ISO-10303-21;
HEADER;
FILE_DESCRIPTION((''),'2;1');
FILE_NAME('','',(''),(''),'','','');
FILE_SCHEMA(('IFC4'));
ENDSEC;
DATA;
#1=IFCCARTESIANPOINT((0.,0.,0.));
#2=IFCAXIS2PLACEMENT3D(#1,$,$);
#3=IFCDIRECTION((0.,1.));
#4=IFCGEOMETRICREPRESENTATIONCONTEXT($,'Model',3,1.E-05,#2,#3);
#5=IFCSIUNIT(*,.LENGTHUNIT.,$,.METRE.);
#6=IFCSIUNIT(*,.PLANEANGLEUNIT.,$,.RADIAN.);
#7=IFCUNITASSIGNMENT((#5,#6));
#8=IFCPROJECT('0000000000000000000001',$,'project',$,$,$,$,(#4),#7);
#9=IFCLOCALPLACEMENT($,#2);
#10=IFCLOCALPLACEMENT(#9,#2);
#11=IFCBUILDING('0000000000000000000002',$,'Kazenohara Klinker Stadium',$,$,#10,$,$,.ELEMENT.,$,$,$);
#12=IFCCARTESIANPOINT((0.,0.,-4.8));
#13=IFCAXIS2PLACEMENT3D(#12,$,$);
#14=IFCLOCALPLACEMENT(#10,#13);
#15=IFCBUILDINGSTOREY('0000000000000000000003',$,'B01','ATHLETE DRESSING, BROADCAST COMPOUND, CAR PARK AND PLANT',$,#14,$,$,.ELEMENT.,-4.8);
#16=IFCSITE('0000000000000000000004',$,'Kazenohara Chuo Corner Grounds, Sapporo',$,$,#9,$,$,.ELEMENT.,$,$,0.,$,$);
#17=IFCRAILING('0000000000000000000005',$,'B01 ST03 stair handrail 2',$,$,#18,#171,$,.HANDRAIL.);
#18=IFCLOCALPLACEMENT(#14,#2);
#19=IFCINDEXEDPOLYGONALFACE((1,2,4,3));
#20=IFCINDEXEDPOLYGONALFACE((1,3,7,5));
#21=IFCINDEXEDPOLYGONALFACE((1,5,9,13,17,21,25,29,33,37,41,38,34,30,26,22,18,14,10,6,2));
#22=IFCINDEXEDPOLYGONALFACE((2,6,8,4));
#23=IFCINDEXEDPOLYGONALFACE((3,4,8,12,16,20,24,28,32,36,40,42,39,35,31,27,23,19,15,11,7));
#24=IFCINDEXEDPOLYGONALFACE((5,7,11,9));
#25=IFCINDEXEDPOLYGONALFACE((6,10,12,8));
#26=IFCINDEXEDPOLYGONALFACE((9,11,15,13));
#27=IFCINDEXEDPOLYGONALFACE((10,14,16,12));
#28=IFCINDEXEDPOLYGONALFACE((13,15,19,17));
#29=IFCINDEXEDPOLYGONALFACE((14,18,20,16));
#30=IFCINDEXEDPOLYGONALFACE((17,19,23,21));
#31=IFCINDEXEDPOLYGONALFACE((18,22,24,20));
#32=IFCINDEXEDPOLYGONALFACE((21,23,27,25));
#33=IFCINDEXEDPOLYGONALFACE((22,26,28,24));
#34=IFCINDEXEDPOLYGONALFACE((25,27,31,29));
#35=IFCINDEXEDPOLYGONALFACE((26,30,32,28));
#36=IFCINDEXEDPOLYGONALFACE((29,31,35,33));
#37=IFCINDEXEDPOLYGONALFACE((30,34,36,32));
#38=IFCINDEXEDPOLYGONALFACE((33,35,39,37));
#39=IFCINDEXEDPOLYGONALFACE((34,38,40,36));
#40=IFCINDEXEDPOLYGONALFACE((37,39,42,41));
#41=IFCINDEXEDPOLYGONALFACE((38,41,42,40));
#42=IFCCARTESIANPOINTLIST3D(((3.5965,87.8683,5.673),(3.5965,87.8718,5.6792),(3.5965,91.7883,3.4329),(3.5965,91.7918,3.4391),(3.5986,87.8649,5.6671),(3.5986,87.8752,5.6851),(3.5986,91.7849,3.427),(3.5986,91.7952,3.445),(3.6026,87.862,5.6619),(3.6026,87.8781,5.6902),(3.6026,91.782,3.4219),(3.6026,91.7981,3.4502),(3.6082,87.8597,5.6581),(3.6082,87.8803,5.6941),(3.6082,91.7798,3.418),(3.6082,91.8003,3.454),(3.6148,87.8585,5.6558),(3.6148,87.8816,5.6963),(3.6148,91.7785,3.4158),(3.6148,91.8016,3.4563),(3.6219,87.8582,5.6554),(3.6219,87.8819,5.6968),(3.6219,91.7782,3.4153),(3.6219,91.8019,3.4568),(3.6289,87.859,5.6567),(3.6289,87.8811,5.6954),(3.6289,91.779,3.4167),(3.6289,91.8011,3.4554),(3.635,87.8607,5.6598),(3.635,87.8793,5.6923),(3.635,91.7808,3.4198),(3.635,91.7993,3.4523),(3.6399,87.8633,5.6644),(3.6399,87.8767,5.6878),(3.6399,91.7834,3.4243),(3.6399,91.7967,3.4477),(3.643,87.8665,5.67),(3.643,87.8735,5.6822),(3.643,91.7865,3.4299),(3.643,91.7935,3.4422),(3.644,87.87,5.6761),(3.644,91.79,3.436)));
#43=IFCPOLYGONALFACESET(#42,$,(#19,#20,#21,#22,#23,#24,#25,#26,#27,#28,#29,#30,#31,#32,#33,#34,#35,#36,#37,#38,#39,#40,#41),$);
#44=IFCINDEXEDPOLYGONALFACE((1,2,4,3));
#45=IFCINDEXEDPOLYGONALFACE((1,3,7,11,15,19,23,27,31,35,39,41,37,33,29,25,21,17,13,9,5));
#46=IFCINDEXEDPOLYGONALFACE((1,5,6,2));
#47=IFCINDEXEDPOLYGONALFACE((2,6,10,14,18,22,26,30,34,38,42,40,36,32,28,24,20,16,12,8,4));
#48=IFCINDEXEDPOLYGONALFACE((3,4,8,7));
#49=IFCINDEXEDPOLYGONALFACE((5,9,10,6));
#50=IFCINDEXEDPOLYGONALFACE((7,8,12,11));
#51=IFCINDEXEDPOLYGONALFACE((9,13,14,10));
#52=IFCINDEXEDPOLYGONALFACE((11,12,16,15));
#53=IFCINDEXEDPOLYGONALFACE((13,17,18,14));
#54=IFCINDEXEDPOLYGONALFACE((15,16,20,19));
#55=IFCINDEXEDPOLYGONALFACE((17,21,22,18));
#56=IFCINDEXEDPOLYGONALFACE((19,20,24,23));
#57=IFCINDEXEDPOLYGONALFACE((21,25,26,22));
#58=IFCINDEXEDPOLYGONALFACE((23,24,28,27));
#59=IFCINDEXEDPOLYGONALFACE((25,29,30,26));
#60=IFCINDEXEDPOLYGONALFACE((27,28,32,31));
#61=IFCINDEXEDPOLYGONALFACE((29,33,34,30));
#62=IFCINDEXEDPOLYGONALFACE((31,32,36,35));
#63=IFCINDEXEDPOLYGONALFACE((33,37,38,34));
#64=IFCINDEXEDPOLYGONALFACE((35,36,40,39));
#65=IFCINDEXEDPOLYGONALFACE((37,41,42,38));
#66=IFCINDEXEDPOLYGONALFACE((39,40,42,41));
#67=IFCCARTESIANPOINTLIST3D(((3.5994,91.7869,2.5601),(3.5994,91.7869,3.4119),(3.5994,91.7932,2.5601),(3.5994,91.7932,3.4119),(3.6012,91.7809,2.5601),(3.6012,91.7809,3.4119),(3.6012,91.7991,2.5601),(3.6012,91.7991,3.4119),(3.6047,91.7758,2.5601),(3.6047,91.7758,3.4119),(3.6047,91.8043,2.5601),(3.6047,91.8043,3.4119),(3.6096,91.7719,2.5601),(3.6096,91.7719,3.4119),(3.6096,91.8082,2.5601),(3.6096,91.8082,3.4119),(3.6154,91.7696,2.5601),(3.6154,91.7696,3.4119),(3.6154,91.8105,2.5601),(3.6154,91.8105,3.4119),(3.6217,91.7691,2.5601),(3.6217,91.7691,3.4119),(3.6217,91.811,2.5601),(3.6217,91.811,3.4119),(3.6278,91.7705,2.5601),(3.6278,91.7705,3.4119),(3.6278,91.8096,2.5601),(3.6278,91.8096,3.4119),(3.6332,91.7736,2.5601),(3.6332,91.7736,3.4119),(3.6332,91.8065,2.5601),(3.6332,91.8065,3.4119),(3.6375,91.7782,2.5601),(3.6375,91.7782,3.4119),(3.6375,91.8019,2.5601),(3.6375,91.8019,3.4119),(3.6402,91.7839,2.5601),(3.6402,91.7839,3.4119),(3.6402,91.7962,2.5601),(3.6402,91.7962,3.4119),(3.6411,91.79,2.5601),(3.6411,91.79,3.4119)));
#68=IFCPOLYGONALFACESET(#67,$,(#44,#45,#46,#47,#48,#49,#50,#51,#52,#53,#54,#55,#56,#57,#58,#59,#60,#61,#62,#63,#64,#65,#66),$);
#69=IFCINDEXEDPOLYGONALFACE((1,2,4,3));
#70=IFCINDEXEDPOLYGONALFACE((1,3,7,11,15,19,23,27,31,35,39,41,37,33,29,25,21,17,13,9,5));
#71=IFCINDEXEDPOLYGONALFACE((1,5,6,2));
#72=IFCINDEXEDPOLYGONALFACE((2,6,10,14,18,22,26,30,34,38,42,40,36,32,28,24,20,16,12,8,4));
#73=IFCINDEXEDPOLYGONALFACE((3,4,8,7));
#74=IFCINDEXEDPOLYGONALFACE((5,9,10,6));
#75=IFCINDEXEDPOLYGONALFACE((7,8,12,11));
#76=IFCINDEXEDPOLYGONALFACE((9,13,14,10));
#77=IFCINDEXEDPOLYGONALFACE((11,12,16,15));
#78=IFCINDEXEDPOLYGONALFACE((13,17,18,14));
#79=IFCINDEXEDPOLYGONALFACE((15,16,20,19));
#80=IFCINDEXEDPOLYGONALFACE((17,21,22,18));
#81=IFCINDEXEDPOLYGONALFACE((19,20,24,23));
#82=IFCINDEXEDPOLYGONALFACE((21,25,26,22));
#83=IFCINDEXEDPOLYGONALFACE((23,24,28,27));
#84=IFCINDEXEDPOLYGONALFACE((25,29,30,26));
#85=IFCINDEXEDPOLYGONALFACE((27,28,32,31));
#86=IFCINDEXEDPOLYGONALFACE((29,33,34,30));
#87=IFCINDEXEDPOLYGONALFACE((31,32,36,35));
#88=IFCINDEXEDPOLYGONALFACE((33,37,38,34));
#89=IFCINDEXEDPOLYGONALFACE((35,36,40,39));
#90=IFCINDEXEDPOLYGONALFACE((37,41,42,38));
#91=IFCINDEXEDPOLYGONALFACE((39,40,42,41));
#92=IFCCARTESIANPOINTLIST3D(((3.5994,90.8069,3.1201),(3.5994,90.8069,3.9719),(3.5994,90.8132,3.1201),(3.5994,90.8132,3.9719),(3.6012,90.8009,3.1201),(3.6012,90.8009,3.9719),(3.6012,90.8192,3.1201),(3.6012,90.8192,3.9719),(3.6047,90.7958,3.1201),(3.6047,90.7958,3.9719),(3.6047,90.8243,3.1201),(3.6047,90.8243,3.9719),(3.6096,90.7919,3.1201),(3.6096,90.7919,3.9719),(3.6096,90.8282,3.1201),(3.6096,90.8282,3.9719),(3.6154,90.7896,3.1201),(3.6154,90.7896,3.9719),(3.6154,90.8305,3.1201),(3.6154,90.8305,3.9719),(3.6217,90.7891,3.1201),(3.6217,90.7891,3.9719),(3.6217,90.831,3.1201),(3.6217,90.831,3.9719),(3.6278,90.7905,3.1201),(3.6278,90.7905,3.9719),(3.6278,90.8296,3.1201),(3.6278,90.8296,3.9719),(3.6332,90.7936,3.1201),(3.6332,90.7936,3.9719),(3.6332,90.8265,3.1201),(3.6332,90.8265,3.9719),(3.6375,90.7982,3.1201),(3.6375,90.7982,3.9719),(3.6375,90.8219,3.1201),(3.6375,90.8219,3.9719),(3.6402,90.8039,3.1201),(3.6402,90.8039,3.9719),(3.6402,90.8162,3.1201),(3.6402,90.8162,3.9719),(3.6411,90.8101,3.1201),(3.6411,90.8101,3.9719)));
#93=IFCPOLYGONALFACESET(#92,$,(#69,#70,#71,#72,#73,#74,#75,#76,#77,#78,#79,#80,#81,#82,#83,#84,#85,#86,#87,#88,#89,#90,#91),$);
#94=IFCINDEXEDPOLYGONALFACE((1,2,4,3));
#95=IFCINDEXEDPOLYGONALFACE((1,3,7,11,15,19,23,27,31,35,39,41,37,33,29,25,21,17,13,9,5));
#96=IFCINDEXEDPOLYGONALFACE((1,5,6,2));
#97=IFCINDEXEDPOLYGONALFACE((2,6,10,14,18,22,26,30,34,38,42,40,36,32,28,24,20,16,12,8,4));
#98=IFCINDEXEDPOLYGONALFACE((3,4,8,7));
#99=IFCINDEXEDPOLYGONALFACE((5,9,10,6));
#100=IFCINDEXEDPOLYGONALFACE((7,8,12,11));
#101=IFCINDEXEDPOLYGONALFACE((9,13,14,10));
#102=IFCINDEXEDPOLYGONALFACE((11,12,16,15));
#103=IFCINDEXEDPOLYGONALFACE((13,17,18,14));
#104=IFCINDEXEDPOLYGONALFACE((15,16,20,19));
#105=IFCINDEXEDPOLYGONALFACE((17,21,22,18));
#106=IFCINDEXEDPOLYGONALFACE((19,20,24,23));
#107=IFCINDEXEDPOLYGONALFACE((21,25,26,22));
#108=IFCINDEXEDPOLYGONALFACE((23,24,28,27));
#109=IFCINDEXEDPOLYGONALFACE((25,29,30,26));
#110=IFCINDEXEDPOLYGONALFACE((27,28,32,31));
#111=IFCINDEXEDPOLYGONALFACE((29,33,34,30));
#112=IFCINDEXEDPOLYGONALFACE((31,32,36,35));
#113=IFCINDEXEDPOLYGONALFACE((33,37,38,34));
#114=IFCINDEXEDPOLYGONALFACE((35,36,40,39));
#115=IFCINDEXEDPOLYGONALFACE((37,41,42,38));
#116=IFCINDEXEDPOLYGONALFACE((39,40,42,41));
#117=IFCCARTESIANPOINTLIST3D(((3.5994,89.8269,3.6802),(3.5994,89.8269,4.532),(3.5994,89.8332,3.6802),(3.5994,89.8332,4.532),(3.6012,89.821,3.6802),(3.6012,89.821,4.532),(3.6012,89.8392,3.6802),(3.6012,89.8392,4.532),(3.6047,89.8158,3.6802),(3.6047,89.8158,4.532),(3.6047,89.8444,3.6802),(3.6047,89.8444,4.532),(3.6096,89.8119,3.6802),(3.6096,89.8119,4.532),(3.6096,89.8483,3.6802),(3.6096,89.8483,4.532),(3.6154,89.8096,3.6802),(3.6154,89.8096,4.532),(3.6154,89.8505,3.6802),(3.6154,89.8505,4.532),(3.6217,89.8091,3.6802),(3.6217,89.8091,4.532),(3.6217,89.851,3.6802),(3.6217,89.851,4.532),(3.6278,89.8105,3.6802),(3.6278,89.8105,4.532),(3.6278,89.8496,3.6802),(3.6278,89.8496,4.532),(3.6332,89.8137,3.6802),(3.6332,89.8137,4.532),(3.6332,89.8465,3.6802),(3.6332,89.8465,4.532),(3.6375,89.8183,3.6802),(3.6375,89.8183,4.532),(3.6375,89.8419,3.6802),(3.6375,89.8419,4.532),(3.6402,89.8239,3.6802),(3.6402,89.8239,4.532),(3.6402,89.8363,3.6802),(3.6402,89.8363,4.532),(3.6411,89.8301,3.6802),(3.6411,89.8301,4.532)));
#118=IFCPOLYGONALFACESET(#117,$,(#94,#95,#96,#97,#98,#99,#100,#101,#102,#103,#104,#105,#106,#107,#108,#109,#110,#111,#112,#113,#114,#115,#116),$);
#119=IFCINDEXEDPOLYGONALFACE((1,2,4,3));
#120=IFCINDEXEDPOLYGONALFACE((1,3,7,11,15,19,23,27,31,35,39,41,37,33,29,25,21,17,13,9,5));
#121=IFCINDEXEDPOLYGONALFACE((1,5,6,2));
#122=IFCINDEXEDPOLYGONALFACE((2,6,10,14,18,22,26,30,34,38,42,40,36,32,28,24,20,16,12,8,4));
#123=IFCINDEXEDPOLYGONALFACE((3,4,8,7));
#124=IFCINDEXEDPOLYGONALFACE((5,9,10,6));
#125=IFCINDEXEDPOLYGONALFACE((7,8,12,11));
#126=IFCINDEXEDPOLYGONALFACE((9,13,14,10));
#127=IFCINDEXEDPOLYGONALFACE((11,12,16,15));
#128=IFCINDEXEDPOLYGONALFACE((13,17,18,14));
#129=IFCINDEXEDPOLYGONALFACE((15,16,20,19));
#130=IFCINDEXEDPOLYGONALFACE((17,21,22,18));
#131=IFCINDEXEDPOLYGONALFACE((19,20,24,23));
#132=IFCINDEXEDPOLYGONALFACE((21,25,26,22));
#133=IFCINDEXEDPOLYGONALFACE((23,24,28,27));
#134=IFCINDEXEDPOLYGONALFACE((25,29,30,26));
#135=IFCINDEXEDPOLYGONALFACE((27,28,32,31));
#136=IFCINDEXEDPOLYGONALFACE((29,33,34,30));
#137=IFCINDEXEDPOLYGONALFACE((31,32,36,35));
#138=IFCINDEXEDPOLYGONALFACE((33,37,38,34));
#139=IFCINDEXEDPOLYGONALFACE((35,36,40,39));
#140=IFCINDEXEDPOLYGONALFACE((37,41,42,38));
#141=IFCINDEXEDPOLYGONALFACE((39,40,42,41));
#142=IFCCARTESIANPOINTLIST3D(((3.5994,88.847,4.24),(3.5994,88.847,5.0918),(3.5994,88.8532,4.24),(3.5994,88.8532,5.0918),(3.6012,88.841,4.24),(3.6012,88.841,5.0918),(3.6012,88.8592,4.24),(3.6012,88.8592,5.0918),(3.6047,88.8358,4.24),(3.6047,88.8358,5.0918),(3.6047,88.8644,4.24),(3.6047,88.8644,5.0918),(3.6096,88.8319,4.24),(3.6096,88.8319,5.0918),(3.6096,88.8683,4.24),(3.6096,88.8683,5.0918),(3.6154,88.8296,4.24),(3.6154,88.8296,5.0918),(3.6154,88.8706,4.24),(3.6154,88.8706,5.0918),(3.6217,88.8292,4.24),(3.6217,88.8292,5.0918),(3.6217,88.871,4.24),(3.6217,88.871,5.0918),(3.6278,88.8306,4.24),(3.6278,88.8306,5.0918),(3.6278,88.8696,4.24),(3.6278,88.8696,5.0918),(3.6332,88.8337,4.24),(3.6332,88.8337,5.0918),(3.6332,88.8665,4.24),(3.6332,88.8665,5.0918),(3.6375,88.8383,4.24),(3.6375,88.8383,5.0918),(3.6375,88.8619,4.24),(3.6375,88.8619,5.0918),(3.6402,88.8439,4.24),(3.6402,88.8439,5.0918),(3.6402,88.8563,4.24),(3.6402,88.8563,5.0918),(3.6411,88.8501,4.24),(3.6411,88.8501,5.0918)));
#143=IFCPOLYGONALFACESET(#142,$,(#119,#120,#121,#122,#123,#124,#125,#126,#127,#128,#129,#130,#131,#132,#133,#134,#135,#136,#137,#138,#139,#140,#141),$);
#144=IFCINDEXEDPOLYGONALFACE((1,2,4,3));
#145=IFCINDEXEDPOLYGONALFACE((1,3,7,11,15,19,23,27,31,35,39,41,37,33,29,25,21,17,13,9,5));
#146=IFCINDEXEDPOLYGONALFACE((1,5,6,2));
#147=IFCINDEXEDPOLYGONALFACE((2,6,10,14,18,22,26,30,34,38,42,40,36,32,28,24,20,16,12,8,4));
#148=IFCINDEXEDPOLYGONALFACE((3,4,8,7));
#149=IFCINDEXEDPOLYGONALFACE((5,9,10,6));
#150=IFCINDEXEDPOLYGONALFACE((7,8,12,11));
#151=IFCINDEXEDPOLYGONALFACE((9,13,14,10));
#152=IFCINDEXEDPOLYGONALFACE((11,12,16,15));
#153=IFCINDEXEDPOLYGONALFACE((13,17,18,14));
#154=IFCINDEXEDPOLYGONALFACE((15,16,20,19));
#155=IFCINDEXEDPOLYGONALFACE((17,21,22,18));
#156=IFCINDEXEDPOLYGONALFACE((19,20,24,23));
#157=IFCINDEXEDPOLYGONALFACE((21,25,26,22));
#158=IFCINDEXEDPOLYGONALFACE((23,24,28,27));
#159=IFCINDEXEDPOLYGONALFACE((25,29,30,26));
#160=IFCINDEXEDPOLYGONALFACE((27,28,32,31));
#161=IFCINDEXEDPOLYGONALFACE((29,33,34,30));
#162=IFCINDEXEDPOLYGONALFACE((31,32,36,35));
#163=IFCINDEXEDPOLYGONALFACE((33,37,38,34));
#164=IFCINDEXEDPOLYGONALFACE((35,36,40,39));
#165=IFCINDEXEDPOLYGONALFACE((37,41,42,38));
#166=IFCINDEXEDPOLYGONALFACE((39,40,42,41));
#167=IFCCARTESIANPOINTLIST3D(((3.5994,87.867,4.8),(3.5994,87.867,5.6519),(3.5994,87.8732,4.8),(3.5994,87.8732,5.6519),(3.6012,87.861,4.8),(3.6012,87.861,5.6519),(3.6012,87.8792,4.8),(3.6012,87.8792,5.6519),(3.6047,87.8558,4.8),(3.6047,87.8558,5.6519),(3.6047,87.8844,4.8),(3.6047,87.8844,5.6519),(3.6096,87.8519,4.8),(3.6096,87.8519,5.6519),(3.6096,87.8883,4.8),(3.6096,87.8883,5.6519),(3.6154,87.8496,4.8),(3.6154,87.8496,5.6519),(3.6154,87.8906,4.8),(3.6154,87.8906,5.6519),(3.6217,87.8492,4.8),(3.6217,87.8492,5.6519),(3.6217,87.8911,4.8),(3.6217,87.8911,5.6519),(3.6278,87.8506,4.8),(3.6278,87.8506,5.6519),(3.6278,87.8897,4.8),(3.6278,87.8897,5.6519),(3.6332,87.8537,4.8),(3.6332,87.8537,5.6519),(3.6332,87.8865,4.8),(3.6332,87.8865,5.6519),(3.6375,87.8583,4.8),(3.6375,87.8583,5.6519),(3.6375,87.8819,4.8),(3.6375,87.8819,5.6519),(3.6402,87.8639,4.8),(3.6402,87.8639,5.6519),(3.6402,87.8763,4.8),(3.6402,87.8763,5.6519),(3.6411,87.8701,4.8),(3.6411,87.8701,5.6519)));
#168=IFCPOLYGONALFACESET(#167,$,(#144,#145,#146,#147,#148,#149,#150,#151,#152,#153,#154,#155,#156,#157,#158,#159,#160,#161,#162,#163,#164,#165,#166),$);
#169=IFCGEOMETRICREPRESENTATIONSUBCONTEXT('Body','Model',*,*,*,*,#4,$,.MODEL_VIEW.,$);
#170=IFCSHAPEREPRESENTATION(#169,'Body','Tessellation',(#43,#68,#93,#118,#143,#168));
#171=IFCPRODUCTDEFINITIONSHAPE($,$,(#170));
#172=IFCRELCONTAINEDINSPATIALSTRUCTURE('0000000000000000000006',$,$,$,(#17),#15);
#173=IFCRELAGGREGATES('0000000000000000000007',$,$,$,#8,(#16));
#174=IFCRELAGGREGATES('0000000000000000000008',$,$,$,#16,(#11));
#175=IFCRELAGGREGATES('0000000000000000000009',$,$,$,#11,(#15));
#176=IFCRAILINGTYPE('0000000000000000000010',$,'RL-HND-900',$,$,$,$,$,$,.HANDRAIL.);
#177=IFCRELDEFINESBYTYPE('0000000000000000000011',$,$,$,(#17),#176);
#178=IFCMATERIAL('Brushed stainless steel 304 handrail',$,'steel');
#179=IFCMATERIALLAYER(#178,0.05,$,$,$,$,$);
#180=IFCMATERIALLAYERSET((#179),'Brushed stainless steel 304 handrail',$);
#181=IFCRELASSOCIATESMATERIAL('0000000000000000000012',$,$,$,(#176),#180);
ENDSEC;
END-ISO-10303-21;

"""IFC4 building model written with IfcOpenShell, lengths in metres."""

from ifc_helpers import new_model, si_unit, direction, frame, origin, origin_2d, place, context, subcontext, project, spatial, circle, extrude, material, layer, layer_set, type_object, element, save


model = new_model("IFC4")

# Units and contexts
model_context = context("Model", 3, precision=1e-05, world=origin(), true_north=direction((0.0, 1.0)))
body_context = subcontext(model_context, "Body", "Model", "MODEL_VIEW")
ifc_project = project(units=[si_unit("LENGTHUNIT", "METRE"), si_unit("PLANEANGLEUNIT", "RADIAN")], contexts=[model_context])

# Site, building, storey
site_placement = place(None, origin())
site = spatial("IfcSite", under=ifc_project, at=site_placement, Name="Kazenohara Chuo Corner Grounds, Sapporo", CompositionType="ELEMENT", RefElevation=0.0)
building_placement = place(site_placement, origin())
building = spatial("IfcBuilding", under=site, at=building_placement, Name="Kazenohara Klinker Stadium", CompositionType="ELEMENT")
storey_placement = place(building_placement, frame((0.0, 0.0, -4.8)))
storey = spatial("IfcBuildingStorey", under=building, at=storey_placement, Name="B01", Description="ATHLETE DRESSING, BROADCAST COMPOUND, CAR PARK AND PLANT", CompositionType="ELEMENT", Elevation=-4.8)

# Railing
ifc_material_1 = material(Name="Brushed stainless steel 304 handrail", Category="steel")
ifc_layer_1 = layer(ifc_material_1, 0.05)
ifc_layer_set_1 = layer_set([ifc_layer_1], Name="Brushed stainless steel 304 handrail")
railing_type = type_object("IfcRailingType", Name="RL-HND-900", PredefinedType="HANDRAIL", material=ifc_layer_set_1)
railing_placement = place(storey_placement, frame((3.6201, 91.79, 2.5601)))
element("IfcRailing", 1, at=railing_placement, inside=storey, type_object=railing_type, Name="B01 ST03 stair handrail 2", PredefinedType="HANDRAIL", context=body_context, shape_type="SweptSolid", body=[
    extrude(circle(Radius=0.0239, at=origin_2d()), frame((0.0, 0.0, 0.876), z_axis=(0.0, -0.86824, 0.496145), x_axis=(1.0, 0.0, 0.0)), (0.0, 0.0, 1.0), 4.5149),
    extrude(circle(Radius=0.021, at=origin_2d()), origin(), (0.0, 0.0, 1.0), 0.8518),
    extrude(circle(Radius=0.021, at=origin_2d()), frame((0.0, -0.98, 0.5601)), (0.0, 0.0, 1.0), 0.8518),
    extrude(circle(Radius=0.021, at=origin_2d()), frame((0.0, -1.96, 1.1201)), (0.0, 0.0, 1.0), 0.8518),
    extrude(circle(Radius=0.021, at=origin_2d()), frame((0.0, -2.9399, 1.6799)), (0.0, 0.0, 1.0), 0.8518),
    extrude(circle(Radius=0.021, at=origin_2d()), frame((0.0, -3.9199, 2.24)), (0.0, 0.0, 1.0), 0.8518),
])

save(model, "model.ifc")
